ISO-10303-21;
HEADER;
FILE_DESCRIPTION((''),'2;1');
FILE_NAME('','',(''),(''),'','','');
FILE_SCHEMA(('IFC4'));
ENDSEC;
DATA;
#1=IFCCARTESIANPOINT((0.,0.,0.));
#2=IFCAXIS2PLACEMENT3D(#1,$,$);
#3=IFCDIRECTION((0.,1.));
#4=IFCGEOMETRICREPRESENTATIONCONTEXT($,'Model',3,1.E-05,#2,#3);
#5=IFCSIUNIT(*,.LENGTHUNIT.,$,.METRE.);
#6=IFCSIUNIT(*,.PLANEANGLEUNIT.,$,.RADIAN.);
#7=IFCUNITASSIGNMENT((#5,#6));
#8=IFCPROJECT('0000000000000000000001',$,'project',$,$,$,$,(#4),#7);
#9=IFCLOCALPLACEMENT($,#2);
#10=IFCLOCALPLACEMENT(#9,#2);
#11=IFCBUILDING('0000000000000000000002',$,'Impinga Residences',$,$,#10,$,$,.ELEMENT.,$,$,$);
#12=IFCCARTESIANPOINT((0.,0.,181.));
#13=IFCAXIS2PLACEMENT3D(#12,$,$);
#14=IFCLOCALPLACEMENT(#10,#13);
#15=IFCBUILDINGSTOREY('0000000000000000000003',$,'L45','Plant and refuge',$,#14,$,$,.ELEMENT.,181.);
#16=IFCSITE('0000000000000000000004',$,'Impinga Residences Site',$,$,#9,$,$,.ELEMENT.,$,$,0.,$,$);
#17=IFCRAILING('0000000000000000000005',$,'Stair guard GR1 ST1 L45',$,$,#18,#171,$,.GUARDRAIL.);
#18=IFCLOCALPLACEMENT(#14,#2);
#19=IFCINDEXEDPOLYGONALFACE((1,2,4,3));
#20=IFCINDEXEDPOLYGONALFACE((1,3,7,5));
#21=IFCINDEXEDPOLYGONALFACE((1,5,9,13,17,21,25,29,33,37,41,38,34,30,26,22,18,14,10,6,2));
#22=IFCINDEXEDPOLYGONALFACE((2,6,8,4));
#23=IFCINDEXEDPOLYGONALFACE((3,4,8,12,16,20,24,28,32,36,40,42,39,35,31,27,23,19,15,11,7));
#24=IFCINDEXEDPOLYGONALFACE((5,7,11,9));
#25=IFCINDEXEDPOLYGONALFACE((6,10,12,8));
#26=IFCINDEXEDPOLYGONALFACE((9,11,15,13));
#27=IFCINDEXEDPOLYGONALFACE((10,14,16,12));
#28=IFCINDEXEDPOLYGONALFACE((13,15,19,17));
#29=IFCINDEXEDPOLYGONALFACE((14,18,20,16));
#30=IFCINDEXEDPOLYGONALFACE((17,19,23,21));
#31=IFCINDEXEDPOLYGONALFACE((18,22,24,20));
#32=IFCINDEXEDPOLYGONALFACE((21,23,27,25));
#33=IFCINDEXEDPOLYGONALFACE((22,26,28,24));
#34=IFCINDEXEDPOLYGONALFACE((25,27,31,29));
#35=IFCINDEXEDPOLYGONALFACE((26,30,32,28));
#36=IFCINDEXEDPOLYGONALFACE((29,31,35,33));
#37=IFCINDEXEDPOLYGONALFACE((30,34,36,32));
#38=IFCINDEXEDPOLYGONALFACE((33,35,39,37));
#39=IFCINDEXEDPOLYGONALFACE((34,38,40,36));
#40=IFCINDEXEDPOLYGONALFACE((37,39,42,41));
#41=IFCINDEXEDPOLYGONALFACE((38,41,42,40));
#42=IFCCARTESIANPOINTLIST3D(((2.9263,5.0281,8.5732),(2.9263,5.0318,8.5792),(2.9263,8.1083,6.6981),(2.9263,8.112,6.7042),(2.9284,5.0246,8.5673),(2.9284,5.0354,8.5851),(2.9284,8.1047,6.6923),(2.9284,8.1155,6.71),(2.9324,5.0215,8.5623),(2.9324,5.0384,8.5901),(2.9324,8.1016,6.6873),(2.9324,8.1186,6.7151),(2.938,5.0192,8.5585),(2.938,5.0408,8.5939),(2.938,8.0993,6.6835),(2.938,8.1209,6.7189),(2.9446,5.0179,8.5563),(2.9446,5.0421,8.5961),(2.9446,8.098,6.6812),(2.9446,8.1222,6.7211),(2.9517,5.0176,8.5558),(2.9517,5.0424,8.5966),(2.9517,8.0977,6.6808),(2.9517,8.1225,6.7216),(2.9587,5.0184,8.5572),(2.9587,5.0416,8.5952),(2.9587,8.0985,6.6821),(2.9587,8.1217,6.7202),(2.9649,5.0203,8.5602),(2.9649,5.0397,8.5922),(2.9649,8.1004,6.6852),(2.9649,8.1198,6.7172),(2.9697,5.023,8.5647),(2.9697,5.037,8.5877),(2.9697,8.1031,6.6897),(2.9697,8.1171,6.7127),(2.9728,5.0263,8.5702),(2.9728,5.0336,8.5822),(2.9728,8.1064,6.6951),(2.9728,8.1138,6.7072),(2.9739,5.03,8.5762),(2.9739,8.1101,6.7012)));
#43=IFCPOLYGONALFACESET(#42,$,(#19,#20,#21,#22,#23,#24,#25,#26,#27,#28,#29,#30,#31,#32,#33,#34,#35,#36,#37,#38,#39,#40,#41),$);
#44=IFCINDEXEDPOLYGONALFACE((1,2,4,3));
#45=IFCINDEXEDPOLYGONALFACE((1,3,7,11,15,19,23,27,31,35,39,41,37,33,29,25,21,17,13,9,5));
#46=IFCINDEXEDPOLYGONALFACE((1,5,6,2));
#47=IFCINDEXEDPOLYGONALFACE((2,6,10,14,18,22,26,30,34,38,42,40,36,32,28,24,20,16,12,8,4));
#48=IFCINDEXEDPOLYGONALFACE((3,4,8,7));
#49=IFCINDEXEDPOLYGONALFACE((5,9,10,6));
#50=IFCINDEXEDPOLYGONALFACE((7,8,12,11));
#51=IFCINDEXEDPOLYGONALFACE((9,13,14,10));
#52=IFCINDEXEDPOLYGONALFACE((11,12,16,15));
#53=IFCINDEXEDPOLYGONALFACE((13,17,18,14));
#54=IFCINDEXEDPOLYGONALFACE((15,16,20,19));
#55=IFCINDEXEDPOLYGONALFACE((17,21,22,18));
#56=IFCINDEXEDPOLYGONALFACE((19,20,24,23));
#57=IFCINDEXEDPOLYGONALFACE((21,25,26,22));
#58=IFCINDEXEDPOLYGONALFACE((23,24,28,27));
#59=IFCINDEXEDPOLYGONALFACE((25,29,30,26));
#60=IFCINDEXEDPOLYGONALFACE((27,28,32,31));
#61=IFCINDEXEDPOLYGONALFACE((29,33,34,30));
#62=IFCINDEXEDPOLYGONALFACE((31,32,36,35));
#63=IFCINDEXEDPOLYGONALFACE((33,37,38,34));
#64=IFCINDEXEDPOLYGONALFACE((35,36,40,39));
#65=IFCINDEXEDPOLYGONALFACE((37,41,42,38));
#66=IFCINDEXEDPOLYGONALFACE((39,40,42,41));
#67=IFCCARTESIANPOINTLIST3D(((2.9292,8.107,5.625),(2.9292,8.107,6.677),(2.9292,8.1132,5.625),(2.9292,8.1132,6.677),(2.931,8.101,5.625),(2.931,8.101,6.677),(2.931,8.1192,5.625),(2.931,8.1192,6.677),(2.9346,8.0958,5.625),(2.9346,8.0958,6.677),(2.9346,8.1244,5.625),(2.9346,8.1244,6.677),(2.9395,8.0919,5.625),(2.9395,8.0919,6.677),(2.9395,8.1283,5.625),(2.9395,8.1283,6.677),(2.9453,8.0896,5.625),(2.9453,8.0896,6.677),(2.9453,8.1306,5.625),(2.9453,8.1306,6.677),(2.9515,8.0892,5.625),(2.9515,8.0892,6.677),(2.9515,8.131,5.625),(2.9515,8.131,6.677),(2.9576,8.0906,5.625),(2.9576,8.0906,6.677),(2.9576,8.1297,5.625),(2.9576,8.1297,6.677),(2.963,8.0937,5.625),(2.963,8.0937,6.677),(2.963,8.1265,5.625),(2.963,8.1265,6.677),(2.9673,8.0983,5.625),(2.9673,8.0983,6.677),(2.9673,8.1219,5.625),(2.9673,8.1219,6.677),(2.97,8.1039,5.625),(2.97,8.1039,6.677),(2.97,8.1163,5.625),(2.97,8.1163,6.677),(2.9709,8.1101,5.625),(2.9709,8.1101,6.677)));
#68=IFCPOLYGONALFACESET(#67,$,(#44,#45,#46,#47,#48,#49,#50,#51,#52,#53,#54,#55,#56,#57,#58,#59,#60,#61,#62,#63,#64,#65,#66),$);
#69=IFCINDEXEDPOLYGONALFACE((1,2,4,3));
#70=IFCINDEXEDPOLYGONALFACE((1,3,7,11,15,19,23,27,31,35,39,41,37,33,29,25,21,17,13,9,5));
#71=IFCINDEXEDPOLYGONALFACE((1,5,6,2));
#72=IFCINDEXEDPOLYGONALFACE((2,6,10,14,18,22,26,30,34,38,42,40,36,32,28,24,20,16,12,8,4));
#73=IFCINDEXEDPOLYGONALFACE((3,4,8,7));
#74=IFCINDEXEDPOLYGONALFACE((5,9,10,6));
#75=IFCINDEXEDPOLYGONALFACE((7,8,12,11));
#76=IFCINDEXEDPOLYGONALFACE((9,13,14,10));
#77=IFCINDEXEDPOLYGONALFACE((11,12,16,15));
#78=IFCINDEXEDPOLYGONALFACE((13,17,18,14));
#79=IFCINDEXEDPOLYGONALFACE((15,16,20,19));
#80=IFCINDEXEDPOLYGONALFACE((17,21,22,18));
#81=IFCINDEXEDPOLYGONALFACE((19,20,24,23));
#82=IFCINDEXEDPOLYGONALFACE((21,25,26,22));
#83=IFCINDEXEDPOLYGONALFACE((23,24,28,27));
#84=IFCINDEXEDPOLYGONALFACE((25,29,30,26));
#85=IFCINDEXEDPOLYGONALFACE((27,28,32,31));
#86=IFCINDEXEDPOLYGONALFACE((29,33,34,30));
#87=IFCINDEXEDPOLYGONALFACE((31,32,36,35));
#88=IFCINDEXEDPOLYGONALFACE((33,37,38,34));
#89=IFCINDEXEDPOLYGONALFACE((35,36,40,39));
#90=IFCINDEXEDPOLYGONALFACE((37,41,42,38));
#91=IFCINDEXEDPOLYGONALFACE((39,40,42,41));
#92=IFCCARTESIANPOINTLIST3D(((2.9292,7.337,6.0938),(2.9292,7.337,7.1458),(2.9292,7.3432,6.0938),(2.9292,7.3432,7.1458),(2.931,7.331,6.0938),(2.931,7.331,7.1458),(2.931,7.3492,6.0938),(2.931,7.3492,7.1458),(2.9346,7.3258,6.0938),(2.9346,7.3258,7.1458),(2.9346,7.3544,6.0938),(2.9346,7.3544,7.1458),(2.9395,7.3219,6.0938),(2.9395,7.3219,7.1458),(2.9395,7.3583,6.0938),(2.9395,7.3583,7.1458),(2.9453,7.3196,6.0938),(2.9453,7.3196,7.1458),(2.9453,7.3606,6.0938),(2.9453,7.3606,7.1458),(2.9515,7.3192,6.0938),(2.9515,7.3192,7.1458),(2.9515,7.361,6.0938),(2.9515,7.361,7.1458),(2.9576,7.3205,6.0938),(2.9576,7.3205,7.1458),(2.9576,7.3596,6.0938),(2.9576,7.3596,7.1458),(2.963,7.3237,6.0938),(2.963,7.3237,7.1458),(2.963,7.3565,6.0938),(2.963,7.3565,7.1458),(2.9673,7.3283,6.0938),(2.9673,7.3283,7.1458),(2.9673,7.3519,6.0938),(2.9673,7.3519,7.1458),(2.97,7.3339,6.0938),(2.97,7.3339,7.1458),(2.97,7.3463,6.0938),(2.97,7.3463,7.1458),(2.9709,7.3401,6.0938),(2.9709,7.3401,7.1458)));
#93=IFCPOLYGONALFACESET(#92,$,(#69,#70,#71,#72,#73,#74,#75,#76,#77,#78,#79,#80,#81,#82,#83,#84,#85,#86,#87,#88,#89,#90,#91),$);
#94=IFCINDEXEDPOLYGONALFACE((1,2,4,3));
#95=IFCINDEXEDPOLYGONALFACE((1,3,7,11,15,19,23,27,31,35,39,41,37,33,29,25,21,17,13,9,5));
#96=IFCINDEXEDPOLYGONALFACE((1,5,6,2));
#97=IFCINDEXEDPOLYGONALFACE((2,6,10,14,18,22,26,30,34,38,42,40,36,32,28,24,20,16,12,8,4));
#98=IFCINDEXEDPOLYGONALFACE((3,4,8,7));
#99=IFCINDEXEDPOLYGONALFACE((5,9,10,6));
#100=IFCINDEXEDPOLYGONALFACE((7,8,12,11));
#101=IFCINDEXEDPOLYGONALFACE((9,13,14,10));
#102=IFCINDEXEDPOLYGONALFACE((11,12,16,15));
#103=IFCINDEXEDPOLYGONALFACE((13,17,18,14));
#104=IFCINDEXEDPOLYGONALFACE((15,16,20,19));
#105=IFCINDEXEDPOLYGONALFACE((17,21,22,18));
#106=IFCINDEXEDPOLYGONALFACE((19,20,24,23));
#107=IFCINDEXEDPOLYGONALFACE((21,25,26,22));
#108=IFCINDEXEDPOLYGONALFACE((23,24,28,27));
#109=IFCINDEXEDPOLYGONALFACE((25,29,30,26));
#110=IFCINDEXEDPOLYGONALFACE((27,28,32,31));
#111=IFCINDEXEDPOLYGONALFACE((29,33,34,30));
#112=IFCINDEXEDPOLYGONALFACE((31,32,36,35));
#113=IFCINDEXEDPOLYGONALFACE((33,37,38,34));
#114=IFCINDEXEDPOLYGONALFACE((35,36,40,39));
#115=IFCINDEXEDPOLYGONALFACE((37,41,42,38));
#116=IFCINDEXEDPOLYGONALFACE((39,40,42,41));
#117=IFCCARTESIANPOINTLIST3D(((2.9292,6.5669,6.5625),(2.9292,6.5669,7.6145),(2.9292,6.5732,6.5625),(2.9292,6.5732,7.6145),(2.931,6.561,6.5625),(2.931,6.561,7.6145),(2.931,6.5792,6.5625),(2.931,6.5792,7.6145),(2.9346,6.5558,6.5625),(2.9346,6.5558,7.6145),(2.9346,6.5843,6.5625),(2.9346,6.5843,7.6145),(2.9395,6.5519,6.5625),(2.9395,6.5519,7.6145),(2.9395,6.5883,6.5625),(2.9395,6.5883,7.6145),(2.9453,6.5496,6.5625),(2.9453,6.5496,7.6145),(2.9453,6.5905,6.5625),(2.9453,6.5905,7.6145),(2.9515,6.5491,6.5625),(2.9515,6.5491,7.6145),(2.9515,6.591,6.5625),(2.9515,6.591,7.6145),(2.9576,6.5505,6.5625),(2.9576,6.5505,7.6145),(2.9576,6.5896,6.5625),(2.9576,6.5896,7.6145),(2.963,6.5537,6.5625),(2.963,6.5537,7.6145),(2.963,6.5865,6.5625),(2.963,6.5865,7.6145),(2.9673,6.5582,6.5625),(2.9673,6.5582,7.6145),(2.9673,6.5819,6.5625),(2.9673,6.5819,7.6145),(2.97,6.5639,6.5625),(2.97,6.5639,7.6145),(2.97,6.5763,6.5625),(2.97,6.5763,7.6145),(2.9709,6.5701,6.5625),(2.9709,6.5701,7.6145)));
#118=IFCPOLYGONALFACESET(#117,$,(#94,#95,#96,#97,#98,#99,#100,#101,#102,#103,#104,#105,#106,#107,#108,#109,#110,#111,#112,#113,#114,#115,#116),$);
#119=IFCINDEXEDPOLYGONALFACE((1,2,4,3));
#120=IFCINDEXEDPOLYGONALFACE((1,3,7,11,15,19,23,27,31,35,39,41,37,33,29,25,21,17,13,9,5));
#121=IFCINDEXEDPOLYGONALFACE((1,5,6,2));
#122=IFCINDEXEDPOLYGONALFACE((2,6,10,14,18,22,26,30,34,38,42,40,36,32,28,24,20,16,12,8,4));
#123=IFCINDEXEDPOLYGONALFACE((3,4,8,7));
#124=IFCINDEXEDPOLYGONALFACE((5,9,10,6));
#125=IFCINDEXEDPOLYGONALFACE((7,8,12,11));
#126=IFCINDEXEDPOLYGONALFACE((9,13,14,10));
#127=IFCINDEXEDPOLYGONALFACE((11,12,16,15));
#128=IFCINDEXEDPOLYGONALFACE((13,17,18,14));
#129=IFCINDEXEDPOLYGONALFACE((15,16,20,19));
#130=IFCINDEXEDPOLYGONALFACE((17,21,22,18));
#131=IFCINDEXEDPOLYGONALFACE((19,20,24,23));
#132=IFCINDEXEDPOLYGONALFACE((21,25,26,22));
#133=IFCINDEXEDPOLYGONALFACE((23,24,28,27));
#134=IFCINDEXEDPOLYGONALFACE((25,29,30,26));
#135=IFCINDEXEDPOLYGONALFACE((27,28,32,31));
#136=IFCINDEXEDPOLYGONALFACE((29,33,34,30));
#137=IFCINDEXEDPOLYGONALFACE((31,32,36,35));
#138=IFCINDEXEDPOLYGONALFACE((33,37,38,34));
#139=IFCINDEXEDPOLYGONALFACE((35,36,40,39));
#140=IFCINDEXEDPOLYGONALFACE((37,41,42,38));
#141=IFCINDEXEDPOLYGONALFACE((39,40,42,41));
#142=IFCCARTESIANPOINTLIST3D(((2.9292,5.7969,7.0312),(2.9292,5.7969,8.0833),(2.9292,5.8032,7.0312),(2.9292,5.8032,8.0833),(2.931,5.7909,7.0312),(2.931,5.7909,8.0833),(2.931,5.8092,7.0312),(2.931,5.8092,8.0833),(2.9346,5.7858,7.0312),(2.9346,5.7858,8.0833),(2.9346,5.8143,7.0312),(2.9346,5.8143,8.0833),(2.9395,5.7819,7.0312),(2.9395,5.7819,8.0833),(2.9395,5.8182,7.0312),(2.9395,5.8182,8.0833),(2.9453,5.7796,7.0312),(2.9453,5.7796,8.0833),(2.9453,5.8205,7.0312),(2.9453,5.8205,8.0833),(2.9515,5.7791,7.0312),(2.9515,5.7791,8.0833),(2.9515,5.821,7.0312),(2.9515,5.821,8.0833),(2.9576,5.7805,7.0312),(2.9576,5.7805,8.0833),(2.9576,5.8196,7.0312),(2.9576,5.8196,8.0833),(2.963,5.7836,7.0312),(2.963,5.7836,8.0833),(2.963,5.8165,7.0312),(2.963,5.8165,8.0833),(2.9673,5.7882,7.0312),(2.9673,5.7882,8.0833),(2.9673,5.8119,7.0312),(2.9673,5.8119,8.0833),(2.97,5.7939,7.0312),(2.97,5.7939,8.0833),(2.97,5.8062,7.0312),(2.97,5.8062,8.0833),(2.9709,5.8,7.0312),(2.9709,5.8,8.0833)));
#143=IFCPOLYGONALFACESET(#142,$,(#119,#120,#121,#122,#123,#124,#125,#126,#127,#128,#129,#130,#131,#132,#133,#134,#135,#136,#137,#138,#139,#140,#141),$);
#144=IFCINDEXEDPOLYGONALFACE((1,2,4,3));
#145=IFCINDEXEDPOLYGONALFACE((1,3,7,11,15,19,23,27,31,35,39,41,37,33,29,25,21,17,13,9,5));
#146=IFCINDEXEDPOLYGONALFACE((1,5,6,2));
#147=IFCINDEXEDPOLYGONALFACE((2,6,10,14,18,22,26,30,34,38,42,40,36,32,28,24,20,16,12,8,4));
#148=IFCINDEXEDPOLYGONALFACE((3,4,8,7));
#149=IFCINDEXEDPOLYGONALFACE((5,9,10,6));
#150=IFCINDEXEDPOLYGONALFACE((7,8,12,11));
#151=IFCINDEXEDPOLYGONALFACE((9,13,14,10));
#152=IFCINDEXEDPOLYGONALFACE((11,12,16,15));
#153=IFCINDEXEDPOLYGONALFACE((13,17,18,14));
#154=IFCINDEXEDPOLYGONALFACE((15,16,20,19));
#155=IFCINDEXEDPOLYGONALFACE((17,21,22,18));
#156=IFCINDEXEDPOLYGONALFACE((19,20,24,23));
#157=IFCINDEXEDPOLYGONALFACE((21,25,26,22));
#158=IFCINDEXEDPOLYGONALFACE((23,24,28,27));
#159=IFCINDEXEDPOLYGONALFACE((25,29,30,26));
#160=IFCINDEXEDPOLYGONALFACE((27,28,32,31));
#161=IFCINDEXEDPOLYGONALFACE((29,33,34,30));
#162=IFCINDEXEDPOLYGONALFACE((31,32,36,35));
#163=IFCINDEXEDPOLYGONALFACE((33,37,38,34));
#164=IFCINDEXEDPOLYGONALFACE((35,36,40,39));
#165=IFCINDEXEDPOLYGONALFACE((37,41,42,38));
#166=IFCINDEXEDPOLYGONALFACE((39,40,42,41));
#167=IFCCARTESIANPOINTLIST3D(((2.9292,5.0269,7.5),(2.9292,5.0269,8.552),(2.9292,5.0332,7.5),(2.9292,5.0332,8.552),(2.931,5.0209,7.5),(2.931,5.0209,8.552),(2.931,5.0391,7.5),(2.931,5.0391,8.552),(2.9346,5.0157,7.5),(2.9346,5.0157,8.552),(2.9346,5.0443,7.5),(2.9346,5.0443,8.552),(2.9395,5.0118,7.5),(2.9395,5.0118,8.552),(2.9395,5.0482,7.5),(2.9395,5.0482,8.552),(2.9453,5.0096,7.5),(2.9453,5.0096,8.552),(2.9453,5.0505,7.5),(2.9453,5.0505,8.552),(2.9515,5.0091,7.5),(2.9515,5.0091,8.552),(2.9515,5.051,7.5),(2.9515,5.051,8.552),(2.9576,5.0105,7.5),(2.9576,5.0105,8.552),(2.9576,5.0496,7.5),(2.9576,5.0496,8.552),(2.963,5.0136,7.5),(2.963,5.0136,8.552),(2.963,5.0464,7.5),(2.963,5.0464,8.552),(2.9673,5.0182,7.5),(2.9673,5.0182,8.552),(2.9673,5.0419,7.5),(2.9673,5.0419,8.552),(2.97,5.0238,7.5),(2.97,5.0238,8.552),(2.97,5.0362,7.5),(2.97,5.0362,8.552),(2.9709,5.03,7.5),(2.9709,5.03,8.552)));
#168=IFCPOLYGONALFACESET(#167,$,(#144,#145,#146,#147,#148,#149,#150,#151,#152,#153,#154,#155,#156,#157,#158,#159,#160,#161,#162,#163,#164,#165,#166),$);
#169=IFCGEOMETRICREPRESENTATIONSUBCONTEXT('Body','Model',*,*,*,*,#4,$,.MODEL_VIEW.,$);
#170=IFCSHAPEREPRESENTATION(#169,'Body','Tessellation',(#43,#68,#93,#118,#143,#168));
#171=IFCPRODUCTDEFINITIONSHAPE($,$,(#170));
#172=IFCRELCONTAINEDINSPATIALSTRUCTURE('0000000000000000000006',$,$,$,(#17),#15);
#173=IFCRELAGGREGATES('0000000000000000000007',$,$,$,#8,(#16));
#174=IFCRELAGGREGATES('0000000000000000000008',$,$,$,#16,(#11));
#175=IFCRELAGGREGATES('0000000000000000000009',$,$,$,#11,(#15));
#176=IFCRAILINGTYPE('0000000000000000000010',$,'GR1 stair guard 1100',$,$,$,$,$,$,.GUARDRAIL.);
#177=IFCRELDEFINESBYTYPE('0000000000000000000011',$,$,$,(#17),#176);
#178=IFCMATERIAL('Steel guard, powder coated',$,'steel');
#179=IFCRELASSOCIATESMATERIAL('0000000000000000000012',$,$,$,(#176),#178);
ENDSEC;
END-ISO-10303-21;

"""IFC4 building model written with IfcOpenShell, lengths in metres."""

from ifc_helpers import new_model, si_unit, direction, frame, origin, origin_2d, place, context, subcontext, project, spatial, circle, extrude, material, type_object, element, save


model = new_model("IFC4")

# Units and contexts
model_context = context("Model", 3, precision=1e-05, world=origin(), true_north=direction((0.0, 1.0)))
body_context = subcontext(model_context, "Body", "Model", "MODEL_VIEW")
ifc_project = project(units=[si_unit("LENGTHUNIT", "METRE"), si_unit("PLANEANGLEUNIT", "RADIAN")], contexts=[model_context])

# Site, building, storey
site_placement = place(None, origin())
site = spatial("IfcSite", under=ifc_project, at=site_placement, Name="Impinga Residences Site", CompositionType="ELEMENT", RefElevation=0.0)
building_placement = place(site_placement, origin())
building = spatial("IfcBuilding", under=site, at=building_placement, Name="Impinga Residences", CompositionType="ELEMENT")
storey_placement = place(building_placement, frame((0.0, 0.0, 181.0)))
storey = spatial("IfcBuildingStorey", under=building, at=storey_placement, Name="L45", Description="Plant and refuge", CompositionType="ELEMENT", Elevation=181.0)

# Railing
ifc_material_1 = material(Name="Steel guard, powder coated", Category="steel")
railing_type_1 = type_object("IfcRailingType", Name="GR1 stair guard 1100", PredefinedType="GUARDRAIL", material=ifc_material_1)
for number, where, name in (
    (1, (2.95, 8.1101, 5.625), "Stair guard GR1 ST1 L45"),
):
    element("IfcRailing", number, at=place(storey_placement, frame(where)), inside=storey, type_object=railing_type_1, Name=name, PredefinedType="GUARDRAIL", context=body_context, shape_type="SweptSolid", body=[
        extrude(circle(Radius=0.0239, at=origin_2d()), frame((0.0, 0.0, 1.0762), z_axis=(0.0, -0.854178, 0.519981), x_axis=(1.0, 0.0, 0.0)), (0.0, 0.0, 1.0), 3.606),
        extrude(circle(Radius=0.021, at=origin_2d()), origin(), (0.0, 0.0, 1.0), 1.052),
        extrude(circle(Radius=0.021, at=origin_2d()), frame((0.0, -0.77, 0.4688)), (0.0, 0.0, 1.0), 1.052),
        extrude(circle(Radius=0.021, at=origin_2d()), frame((0.0, -1.54, 0.9375)), (0.0, 0.0, 1.0), 1.052),
        extrude(circle(Radius=0.021, at=origin_2d()), frame((0.0, -2.3101, 1.4062)), (0.0, 0.0, 1.0), 1.052),
        extrude(circle(Radius=0.021, at=origin_2d()), frame((0.0, -3.0801, 1.875)), (0.0, 0.0, 1.0), 1.052),
    ])

save(model, "model.ifc")
